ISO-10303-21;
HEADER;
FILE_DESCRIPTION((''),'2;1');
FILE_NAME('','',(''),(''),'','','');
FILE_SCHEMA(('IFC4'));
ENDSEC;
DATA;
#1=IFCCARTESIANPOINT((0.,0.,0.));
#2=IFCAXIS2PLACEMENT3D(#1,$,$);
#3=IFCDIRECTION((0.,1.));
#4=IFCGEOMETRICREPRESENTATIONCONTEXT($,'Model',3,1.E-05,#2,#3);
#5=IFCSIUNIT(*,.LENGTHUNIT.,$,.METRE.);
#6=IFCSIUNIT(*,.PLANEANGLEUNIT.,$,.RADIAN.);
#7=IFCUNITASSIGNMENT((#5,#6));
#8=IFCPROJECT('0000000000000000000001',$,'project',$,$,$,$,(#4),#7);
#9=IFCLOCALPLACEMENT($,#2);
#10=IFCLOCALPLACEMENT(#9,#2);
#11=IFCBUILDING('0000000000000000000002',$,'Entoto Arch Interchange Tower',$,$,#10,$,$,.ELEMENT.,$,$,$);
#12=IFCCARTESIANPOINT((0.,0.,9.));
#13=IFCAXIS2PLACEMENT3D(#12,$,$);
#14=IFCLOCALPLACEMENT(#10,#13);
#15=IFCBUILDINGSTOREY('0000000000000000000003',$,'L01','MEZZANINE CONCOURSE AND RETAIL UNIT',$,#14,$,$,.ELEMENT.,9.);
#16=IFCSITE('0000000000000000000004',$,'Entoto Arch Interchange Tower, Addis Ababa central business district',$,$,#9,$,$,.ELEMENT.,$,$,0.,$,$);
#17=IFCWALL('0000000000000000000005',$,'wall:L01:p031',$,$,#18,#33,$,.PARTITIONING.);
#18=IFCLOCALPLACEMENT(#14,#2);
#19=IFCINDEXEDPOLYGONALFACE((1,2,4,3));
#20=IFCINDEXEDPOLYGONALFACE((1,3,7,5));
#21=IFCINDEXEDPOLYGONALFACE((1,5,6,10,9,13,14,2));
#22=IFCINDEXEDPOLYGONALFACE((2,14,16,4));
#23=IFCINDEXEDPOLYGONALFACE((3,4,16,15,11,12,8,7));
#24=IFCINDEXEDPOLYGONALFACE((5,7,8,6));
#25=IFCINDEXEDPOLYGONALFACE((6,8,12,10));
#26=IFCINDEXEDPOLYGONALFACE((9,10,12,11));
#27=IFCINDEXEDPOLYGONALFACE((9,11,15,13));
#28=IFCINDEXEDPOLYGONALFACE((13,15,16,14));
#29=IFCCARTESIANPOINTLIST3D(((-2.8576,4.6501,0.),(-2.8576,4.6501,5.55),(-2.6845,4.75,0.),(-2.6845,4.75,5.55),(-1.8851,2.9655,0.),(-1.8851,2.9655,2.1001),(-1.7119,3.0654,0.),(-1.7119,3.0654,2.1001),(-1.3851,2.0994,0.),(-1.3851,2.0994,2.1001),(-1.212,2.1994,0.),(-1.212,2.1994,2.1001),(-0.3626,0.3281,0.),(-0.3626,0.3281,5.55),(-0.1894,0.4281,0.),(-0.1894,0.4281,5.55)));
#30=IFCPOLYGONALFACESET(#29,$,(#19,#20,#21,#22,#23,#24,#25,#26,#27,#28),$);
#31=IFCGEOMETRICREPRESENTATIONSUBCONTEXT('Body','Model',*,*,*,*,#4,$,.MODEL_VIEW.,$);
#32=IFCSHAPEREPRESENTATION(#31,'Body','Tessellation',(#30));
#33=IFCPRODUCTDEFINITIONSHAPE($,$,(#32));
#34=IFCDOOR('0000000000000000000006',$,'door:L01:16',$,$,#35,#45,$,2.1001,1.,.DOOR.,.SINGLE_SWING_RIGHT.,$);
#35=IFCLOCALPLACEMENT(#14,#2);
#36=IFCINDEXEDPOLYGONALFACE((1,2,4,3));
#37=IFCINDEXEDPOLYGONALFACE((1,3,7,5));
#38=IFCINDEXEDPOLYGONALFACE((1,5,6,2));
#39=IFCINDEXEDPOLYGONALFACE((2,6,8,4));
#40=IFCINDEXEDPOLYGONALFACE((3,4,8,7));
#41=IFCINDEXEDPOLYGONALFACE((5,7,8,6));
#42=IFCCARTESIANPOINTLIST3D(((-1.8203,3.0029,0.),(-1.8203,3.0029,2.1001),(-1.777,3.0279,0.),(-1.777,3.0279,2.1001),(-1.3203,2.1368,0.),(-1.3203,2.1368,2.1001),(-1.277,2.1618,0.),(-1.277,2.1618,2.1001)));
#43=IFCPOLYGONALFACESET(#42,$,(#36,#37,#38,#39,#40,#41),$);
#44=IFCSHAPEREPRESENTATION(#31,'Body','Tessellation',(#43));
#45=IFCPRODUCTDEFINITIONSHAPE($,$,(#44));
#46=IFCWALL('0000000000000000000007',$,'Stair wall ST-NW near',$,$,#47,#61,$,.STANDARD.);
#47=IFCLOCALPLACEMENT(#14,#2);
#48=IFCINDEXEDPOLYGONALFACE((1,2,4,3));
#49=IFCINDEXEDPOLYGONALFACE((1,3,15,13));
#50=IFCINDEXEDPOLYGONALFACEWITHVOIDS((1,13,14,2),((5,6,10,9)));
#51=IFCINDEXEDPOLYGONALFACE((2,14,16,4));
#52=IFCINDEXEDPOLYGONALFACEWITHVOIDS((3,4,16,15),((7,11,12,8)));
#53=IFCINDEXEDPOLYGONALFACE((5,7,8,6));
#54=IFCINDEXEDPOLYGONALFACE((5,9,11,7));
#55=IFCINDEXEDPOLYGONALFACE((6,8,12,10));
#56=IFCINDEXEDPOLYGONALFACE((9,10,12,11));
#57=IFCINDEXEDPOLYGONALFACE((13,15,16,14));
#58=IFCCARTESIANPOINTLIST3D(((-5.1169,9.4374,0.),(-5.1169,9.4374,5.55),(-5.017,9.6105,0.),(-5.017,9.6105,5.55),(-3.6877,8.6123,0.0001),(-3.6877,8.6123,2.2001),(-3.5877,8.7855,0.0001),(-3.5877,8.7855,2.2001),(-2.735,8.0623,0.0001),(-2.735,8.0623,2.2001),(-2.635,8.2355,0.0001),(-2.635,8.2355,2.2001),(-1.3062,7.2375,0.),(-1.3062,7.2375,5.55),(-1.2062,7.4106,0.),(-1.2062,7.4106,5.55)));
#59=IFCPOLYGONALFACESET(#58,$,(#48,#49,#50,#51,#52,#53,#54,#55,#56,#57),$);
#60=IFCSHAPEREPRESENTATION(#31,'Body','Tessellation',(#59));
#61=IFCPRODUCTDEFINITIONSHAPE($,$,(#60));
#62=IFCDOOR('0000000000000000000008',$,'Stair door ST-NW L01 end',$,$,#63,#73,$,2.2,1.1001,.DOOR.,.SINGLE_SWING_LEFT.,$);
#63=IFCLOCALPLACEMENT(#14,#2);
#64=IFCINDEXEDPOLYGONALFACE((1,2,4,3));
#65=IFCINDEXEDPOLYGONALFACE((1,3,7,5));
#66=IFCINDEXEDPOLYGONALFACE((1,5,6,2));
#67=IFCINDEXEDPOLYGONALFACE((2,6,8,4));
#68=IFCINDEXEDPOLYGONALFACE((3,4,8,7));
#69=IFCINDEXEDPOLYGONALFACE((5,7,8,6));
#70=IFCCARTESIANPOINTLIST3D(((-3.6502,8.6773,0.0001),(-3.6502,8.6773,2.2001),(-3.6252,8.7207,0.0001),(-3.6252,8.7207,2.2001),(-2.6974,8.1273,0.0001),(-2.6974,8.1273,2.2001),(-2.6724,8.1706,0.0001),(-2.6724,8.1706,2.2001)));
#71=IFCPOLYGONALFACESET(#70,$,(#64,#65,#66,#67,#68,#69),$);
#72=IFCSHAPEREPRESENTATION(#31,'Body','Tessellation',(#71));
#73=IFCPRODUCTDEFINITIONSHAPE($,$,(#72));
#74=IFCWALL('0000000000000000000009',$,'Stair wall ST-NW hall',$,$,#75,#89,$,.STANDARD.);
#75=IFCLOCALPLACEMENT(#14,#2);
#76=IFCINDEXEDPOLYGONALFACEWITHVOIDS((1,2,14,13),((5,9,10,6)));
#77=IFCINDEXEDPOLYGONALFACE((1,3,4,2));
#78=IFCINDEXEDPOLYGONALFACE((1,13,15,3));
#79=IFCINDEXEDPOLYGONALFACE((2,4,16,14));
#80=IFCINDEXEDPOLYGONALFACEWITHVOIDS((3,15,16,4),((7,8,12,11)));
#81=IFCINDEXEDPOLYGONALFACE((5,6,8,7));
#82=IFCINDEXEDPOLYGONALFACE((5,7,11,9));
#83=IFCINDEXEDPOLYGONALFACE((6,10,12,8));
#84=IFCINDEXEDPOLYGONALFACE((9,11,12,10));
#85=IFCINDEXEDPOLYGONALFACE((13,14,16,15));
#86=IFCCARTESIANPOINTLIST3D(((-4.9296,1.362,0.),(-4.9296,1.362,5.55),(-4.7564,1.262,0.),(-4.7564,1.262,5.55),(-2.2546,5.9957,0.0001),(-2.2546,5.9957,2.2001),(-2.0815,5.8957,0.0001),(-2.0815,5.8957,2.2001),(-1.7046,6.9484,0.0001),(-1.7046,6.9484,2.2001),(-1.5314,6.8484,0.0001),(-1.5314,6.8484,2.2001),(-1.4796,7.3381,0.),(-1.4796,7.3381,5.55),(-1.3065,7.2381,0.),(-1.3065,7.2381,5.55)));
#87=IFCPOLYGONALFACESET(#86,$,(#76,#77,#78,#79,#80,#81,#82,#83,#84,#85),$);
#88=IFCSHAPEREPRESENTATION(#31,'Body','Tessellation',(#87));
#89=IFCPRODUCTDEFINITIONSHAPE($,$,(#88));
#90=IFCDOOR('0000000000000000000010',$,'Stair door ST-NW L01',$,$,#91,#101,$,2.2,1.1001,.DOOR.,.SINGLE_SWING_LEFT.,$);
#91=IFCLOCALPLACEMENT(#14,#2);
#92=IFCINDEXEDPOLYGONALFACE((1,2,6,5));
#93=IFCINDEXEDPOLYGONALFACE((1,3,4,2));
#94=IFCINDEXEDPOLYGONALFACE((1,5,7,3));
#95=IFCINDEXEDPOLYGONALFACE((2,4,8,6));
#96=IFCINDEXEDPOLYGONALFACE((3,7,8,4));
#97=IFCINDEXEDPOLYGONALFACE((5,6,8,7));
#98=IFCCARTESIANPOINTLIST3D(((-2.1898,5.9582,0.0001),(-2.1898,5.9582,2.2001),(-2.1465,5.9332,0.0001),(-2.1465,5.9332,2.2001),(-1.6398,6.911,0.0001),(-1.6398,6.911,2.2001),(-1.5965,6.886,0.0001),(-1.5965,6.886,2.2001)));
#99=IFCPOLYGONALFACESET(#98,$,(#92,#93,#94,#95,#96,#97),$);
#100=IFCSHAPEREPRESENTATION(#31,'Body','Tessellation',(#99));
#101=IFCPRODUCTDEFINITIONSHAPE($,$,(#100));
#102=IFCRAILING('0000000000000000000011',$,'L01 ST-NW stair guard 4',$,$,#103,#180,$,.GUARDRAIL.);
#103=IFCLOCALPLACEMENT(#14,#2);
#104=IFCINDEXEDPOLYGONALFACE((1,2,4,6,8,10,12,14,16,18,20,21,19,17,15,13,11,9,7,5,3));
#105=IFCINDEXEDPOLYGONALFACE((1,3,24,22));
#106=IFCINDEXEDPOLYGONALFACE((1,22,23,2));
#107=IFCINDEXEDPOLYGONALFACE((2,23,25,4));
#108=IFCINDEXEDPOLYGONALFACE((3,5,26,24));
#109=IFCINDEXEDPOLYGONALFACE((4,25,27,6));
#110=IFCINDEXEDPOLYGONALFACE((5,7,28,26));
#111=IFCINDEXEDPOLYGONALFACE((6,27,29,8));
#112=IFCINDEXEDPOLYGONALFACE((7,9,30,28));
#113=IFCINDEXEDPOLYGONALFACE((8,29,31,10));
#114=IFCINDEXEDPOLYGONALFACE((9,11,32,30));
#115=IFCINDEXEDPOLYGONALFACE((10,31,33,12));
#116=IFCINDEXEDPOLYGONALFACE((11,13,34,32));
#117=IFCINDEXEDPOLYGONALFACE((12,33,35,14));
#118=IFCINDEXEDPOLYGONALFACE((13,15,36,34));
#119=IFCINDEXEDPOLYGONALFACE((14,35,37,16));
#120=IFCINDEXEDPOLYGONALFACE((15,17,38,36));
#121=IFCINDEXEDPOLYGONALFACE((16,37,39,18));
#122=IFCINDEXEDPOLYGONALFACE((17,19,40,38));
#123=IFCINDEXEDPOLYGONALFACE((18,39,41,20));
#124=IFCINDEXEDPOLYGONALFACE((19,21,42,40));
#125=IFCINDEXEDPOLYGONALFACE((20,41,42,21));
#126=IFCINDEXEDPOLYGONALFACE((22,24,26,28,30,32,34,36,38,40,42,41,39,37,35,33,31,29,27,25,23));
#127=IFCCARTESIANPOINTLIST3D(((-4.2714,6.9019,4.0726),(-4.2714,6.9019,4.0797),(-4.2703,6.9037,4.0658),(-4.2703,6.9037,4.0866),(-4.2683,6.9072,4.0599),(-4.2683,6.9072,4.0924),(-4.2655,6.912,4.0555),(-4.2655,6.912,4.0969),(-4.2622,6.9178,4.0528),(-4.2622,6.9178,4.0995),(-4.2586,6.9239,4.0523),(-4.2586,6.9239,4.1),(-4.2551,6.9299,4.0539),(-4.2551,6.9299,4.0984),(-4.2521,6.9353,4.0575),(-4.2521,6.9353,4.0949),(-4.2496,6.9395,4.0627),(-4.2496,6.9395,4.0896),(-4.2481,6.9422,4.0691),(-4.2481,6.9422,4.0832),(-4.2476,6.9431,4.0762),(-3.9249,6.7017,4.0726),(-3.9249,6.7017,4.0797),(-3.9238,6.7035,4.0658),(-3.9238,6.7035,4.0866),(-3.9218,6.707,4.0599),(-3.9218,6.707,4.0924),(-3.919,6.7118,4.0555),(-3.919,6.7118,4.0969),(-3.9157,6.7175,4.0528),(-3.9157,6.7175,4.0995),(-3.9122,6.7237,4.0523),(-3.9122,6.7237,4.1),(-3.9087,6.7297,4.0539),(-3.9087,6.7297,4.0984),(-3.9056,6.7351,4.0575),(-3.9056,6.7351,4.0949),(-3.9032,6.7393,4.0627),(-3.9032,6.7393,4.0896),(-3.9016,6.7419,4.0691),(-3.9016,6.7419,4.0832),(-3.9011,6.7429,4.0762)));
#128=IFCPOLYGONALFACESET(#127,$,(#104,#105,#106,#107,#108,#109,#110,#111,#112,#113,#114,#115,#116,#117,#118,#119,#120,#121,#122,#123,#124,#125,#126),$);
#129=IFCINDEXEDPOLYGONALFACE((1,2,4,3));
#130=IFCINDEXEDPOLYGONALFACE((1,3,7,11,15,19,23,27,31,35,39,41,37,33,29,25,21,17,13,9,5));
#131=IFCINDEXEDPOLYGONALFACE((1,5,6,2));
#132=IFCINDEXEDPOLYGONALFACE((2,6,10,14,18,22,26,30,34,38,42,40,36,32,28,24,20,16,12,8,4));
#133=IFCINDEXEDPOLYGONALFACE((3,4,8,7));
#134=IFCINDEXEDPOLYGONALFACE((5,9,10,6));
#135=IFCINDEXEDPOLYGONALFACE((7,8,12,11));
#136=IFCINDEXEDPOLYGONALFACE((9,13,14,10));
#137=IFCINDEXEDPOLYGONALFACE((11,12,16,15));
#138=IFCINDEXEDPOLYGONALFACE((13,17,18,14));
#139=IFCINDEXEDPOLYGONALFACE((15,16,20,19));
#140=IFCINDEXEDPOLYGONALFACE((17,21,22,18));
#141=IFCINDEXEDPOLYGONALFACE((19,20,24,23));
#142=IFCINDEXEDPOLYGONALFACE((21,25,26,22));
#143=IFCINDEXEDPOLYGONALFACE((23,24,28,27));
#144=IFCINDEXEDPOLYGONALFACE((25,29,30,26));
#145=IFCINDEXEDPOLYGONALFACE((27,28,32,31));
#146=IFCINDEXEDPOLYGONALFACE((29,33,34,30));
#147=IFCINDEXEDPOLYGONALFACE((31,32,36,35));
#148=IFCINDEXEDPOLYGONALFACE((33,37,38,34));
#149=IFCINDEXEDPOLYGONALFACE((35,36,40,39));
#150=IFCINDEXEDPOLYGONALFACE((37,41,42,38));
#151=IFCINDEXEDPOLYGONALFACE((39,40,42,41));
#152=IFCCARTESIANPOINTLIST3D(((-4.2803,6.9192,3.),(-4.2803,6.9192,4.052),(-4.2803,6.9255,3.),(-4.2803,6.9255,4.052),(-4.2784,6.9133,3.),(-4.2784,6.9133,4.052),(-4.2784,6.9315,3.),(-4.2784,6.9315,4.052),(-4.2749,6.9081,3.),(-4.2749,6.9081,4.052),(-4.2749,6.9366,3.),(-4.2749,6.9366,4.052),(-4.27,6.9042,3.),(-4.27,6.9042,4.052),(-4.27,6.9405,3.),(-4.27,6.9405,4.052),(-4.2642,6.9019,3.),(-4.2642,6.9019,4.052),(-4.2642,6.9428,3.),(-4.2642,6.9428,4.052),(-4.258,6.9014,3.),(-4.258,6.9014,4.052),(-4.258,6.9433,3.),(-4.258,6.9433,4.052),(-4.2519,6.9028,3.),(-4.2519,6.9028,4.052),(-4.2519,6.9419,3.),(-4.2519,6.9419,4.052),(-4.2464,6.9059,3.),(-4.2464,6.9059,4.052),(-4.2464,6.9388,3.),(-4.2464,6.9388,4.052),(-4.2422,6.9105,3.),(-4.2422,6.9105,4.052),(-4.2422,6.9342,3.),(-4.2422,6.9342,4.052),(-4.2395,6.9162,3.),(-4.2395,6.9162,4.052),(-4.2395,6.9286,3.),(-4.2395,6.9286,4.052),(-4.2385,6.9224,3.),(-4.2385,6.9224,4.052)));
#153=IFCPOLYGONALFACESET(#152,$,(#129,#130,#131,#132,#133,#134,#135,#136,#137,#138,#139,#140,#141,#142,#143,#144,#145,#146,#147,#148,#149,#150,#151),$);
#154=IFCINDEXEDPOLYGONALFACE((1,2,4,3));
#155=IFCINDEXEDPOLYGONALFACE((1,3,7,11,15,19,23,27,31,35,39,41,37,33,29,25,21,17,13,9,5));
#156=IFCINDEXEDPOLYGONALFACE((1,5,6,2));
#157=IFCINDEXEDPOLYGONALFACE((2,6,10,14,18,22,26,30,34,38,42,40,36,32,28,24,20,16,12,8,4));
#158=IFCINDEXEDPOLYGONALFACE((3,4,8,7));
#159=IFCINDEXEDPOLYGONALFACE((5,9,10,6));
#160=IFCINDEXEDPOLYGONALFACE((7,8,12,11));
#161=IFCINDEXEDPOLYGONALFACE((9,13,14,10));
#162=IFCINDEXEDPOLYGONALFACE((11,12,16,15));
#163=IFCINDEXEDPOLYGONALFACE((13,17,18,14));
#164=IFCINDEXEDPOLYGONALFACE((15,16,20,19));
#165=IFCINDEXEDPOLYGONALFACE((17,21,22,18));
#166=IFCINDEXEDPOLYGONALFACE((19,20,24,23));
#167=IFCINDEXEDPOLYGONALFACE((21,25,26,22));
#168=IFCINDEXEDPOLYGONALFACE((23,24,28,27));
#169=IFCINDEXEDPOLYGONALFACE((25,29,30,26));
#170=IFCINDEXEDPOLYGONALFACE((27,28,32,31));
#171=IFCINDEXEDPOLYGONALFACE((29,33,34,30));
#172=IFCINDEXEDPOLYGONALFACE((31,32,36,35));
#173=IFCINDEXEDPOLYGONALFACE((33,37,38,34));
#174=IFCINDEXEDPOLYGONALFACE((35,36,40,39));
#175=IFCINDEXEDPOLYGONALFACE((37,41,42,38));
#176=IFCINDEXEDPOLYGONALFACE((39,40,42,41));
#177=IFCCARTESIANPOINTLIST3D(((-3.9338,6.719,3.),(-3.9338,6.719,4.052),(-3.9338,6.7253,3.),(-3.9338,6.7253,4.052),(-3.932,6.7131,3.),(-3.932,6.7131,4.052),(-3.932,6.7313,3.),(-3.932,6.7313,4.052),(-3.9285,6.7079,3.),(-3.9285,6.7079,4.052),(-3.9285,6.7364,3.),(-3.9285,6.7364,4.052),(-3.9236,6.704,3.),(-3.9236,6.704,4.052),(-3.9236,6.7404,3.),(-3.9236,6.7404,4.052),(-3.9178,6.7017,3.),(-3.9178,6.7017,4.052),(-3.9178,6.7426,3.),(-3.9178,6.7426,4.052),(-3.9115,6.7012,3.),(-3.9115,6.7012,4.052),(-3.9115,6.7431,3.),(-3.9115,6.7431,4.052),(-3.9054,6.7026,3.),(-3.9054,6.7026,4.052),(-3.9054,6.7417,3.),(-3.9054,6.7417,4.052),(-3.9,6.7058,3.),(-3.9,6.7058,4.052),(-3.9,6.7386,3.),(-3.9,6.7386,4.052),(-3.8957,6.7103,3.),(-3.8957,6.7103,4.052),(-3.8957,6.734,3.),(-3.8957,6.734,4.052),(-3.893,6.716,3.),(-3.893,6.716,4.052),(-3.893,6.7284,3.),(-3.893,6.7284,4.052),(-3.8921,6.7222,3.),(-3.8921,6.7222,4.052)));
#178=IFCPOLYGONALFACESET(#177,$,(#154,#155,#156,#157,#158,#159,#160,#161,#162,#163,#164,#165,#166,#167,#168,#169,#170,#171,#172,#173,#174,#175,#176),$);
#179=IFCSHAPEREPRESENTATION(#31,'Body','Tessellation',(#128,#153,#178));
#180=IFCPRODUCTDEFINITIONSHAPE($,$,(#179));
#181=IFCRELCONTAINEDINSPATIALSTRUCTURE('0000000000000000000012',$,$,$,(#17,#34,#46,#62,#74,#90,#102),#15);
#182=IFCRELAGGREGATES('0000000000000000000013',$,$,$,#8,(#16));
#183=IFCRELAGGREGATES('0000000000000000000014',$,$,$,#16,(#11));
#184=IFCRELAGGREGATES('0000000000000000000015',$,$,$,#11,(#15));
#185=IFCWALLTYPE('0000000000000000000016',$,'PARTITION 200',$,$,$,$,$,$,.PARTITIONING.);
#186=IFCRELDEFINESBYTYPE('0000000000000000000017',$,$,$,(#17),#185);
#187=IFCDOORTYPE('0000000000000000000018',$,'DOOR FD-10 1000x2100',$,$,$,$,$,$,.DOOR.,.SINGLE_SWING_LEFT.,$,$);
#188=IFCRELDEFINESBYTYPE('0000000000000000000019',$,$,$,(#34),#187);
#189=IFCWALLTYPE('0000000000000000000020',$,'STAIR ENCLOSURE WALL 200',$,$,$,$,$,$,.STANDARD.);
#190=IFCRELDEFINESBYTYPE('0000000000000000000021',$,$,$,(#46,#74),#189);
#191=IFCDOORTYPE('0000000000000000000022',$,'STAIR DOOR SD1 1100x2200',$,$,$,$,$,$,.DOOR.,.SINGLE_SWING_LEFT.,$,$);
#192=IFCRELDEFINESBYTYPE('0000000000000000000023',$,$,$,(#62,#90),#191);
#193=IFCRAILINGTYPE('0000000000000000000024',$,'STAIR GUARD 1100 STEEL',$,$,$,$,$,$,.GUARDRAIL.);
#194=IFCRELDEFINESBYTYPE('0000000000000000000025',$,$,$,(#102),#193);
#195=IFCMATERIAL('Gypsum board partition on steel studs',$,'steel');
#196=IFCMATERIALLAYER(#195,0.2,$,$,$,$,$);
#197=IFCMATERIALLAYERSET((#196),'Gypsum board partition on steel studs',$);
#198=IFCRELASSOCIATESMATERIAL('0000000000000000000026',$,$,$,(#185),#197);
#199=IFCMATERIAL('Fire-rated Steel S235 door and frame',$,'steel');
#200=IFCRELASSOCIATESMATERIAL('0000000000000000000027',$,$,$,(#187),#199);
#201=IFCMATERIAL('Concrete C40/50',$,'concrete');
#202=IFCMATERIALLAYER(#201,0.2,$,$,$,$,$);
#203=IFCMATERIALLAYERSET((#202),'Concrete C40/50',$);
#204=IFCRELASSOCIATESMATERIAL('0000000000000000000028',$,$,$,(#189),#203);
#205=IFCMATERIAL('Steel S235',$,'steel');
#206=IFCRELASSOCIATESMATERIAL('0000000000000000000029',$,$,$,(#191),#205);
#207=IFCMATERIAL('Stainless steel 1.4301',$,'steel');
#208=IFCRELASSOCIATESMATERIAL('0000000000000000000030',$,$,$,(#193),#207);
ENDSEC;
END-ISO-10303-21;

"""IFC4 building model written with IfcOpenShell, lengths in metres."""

from ifc_helpers import new_model, si_unit, direction, frame, frame_2d, origin, origin_2d, place, context, subcontext, project, spatial, rectangle, circle, extrude, material, layer, layer_set, type_object, element, fill, save


model = new_model("IFC4")

# Units and contexts
model_context = context("Model", 3, precision=1e-05, world=origin(), true_north=direction((0.0, 1.0)))
body_context = subcontext(model_context, "Body", "Model", "MODEL_VIEW")
ifc_project = project(units=[si_unit("LENGTHUNIT", "METRE"), si_unit("PLANEANGLEUNIT", "RADIAN")], contexts=[model_context])

# Site, building, storey
site_placement = place(None, origin())
site = spatial("IfcSite", under=ifc_project, at=site_placement, Name="Entoto Arch Interchange Tower, Addis Ababa central business district", CompositionType="ELEMENT", RefElevation=0.0)
building_placement = place(site_placement, origin())
building = spatial("IfcBuilding", under=site, at=building_placement, Name="Entoto Arch Interchange Tower", CompositionType="ELEMENT")
storey_placement = place(building_placement, frame((0.0, 0.0, 9.0)))
storey = spatial("IfcBuildingStorey", under=building, at=storey_placement, Name="L01", Description="MEZZANINE CONCOURSE AND RETAIL UNIT", CompositionType="ELEMENT", Elevation=9.0)

# Shared definitions
ifc_material_1 = material(Name="Gypsum board partition on steel studs", Category="steel")
ifc_layer_1 = layer(ifc_material_1, 0.2)
ifc_layer_set_1 = layer_set([ifc_layer_1], Name="Gypsum board partition on steel studs")
wall_type_1 = type_object("IfcWallType", Name="PARTITION 200", PredefinedType="PARTITIONING", material=ifc_layer_set_1)

# Walls, openings, doors
wall_1_placement = place(storey_placement, frame((-2.771, 4.7, 0.0), z_axis=(0.0, 0.0, 1.0), x_axis=(0.499969, -0.866043, 0.0)))
wall_1 = element("IfcWall", 1, at=wall_1_placement, inside=storey, type_object=wall_type_1, Name="wall:L01:p031", PredefinedType="PARTITIONING", context=body_context, shape_type="SweptSolid", body=[
    extrude(rectangle(XDim=4.9905, YDim=0.2, at=frame_2d((2.4951, 0.0))), origin(), (0.0, 0.0, 1.0), 5.55),
])
opening_1_placement = place(wall_1_placement, frame((1.9451, 0.0, 0.0)))
opening_1 = element("IfcOpeningElement", 2, at=opening_1_placement, cuts=wall_1, PredefinedType="OPENING", context=body_context, shape_type="SweptSolid", body=[
    extrude(rectangle(XDim=1.0, YDim=2.1001, at=frame_2d((0.5, 1.05))), frame((0.0, 0.1099, 0.0), z_axis=(0.0, -1.0, 0.0), x_axis=(1.0, 0.0, 0.0)), (0.0, 0.0, 1.0), 0.22),
])
ifc_material_2 = material(Name="Fire-rated Steel S235 door and frame", Category="steel")
door_type_1 = type_object("IfcDoorType", Name="DOOR FD-10 1000x2100", OperationType="SINGLE_SWING_LEFT", PredefinedType="DOOR", material=ifc_material_2)
door_1_placement = place(opening_1_placement, origin())
door_1 = element("IfcDoor", 3, at=door_1_placement, inside=storey, type_object=door_type_1, Name="door:L01:16", OperationType="SINGLE_SWING_RIGHT", OverallHeight=2.1001, OverallWidth=1.0, PredefinedType="DOOR", context=body_context, shape_type="SweptSolid", body=[
    extrude(rectangle(XDim=1.0, YDim=2.1001, at=frame_2d((0.5, 1.05))), frame((0.0, 0.0249, 0.0), z_axis=(0.0, -1.0, 0.0), x_axis=(1.0, 0.0, 0.0)), (0.0, 0.0, 1.0), 0.05),
])
fill(opening_1, door_1)
ifc_material_3 = material(Name="Concrete C40/50", Category="concrete")
ifc_layer_2 = layer(ifc_material_3, 0.2)
ifc_layer_set_2 = layer_set([ifc_layer_2], Name="Concrete C40/50")
wall_type_2 = type_object("IfcWallType", Name="STAIR ENCLOSURE WALL 200", PredefinedType="STANDARD", material=ifc_layer_set_2)
wall_2_placement = place(storey_placement, frame((-1.2561, 7.324, 0.0), z_axis=(0.0, 0.0, 1.0), x_axis=(-0.866046, 0.499964, 0.0)))
wall_2 = element("IfcWall", 4, at=wall_2_placement, inside=storey, type_object=wall_type_2, Name="Stair wall ST-NW near", PredefinedType="STANDARD", context=body_context, shape_type="SweptSolid", body=[
    extrude(rectangle(XDim=4.4001, YDim=0.2, at=frame_2d((2.2002, 0.0))), origin(), (0.0, 0.0, 1.0), 5.55),
])
opening_2_placement = place(wall_2_placement, frame((1.6499, 0.0, 0.0)))
opening_2 = element("IfcOpeningElement", 5, at=opening_2_placement, cuts=wall_2, PredefinedType="OPENING", context=body_context, shape_type="SweptSolid", body=[
    extrude(rectangle(XDim=1.1001, YDim=2.2, at=frame_2d((0.55, 1.1001))), frame((0.0, 0.1099, 0.0), z_axis=(0.0, -1.0, 0.0), x_axis=(1.0, 0.0, 0.0)), (0.0, 0.0, 1.0), 0.22),
])
ifc_material_4 = material(Name="Steel S235", Category="steel")
door_type_2 = type_object("IfcDoorType", Name="STAIR DOOR SD1 1100x2200", OperationType="SINGLE_SWING_LEFT", PredefinedType="DOOR", material=ifc_material_4)
door_2_placement = place(opening_2_placement, origin())
door_2 = element("IfcDoor", 6, at=door_2_placement, inside=storey, type_object=door_type_2, Name="Stair door ST-NW L01 end", OperationType="SINGLE_SWING_LEFT", OverallHeight=2.2, OverallWidth=1.1001, PredefinedType="DOOR", context=body_context, shape_type="SweptSolid", body=[
    extrude(rectangle(XDim=1.1001, YDim=2.2, at=frame_2d((0.55, 1.1001))), frame((0.0, 0.0249, 0.0), z_axis=(0.0, -1.0, 0.0), x_axis=(1.0, 0.0, 0.0)), (0.0, 0.0, 1.0), 0.05),
])
fill(opening_2, door_2)
wall_3_placement = place(storey_placement, frame((-1.3931, 7.2881, 0.0), z_axis=(0.0, 0.0, 1.0), x_axis=(-0.499963, -0.866047, 0.0)))
wall_3 = element("IfcWall", 7, at=wall_3_placement, inside=storey, type_object=wall_type_2, Name="Stair wall ST-NW hall", PredefinedType="STANDARD", context=body_context, shape_type="SweptSolid", body=[
    extrude(rectangle(XDim=6.9004, YDim=0.2, at=frame_2d((3.4502, 0.0))), origin(), (0.0, 0.0, 1.0), 5.55),
])
opening_3_placement = place(wall_3_placement, frame((0.45, 0.0, 0.0)))
opening_3 = element("IfcOpeningElement", 8, at=opening_3_placement, cuts=wall_3, PredefinedType="OPENING", context=body_context, shape_type="SweptSolid", body=[
    extrude(rectangle(XDim=1.1001, YDim=2.2, at=frame_2d((0.55, 1.1001))), frame((0.0, 0.1099, 0.0), z_axis=(0.0, -1.0, 0.0), x_axis=(1.0, 0.0, 0.0)), (0.0, 0.0, 1.0), 0.22),
])
door_3_placement = place(opening_3_placement, origin())
door_3 = element("IfcDoor", 9, at=door_3_placement, inside=storey, type_object=door_type_2, Name="Stair door ST-NW L01", OperationType="SINGLE_SWING_LEFT", OverallHeight=2.2, OverallWidth=1.1001, PredefinedType="DOOR", context=body_context, shape_type="SweptSolid", body=[
    extrude(rectangle(XDim=1.1001, YDim=2.2, at=frame_2d((0.55, 1.1001))), frame((0.0, 0.0249, 0.0), z_axis=(0.0, -1.0, 0.0), x_axis=(1.0, 0.0, 0.0)), (0.0, 0.0, 1.0), 0.05),
])
fill(opening_3, door_3)

# Railing
ifc_material_5 = material(Name="Stainless steel 1.4301", Category="steel")
railing_type_1 = type_object("IfcRailingType", Name="STAIR GUARD 1100 STEEL", PredefinedType="GUARDRAIL", material=ifc_material_5)
for number, where, name in (
    (10, (-4.2595, 6.9224, 3.0), "L01 ST-NW stair guard 4"),
):
    element("IfcRailing", number, at=place(storey_placement, frame(where)), inside=storey, type_object=railing_type_1, Name=name, PredefinedType="GUARDRAIL", context=body_context, shape_type="SweptSolid", body=[
        extrude(circle(Radius=0.0239, at=origin_2d()), frame((0.0, 0.0, 1.0762), z_axis=(0.86583, -0.500339, 0.0), x_axis=(0.500339, 0.86583, 0.0)), (0.0, 0.0, 1.0), 0.4001),
        extrude(circle(Radius=0.021, at=origin_2d()), origin(), (0.0, 0.0, 1.0), 1.052),
        extrude(circle(Radius=0.021, at=origin_2d()), frame((0.3464, -0.2002, 0.0)), (0.0, 0.0, 1.0), 1.052),
    ])

save(model, "model.ifc")
